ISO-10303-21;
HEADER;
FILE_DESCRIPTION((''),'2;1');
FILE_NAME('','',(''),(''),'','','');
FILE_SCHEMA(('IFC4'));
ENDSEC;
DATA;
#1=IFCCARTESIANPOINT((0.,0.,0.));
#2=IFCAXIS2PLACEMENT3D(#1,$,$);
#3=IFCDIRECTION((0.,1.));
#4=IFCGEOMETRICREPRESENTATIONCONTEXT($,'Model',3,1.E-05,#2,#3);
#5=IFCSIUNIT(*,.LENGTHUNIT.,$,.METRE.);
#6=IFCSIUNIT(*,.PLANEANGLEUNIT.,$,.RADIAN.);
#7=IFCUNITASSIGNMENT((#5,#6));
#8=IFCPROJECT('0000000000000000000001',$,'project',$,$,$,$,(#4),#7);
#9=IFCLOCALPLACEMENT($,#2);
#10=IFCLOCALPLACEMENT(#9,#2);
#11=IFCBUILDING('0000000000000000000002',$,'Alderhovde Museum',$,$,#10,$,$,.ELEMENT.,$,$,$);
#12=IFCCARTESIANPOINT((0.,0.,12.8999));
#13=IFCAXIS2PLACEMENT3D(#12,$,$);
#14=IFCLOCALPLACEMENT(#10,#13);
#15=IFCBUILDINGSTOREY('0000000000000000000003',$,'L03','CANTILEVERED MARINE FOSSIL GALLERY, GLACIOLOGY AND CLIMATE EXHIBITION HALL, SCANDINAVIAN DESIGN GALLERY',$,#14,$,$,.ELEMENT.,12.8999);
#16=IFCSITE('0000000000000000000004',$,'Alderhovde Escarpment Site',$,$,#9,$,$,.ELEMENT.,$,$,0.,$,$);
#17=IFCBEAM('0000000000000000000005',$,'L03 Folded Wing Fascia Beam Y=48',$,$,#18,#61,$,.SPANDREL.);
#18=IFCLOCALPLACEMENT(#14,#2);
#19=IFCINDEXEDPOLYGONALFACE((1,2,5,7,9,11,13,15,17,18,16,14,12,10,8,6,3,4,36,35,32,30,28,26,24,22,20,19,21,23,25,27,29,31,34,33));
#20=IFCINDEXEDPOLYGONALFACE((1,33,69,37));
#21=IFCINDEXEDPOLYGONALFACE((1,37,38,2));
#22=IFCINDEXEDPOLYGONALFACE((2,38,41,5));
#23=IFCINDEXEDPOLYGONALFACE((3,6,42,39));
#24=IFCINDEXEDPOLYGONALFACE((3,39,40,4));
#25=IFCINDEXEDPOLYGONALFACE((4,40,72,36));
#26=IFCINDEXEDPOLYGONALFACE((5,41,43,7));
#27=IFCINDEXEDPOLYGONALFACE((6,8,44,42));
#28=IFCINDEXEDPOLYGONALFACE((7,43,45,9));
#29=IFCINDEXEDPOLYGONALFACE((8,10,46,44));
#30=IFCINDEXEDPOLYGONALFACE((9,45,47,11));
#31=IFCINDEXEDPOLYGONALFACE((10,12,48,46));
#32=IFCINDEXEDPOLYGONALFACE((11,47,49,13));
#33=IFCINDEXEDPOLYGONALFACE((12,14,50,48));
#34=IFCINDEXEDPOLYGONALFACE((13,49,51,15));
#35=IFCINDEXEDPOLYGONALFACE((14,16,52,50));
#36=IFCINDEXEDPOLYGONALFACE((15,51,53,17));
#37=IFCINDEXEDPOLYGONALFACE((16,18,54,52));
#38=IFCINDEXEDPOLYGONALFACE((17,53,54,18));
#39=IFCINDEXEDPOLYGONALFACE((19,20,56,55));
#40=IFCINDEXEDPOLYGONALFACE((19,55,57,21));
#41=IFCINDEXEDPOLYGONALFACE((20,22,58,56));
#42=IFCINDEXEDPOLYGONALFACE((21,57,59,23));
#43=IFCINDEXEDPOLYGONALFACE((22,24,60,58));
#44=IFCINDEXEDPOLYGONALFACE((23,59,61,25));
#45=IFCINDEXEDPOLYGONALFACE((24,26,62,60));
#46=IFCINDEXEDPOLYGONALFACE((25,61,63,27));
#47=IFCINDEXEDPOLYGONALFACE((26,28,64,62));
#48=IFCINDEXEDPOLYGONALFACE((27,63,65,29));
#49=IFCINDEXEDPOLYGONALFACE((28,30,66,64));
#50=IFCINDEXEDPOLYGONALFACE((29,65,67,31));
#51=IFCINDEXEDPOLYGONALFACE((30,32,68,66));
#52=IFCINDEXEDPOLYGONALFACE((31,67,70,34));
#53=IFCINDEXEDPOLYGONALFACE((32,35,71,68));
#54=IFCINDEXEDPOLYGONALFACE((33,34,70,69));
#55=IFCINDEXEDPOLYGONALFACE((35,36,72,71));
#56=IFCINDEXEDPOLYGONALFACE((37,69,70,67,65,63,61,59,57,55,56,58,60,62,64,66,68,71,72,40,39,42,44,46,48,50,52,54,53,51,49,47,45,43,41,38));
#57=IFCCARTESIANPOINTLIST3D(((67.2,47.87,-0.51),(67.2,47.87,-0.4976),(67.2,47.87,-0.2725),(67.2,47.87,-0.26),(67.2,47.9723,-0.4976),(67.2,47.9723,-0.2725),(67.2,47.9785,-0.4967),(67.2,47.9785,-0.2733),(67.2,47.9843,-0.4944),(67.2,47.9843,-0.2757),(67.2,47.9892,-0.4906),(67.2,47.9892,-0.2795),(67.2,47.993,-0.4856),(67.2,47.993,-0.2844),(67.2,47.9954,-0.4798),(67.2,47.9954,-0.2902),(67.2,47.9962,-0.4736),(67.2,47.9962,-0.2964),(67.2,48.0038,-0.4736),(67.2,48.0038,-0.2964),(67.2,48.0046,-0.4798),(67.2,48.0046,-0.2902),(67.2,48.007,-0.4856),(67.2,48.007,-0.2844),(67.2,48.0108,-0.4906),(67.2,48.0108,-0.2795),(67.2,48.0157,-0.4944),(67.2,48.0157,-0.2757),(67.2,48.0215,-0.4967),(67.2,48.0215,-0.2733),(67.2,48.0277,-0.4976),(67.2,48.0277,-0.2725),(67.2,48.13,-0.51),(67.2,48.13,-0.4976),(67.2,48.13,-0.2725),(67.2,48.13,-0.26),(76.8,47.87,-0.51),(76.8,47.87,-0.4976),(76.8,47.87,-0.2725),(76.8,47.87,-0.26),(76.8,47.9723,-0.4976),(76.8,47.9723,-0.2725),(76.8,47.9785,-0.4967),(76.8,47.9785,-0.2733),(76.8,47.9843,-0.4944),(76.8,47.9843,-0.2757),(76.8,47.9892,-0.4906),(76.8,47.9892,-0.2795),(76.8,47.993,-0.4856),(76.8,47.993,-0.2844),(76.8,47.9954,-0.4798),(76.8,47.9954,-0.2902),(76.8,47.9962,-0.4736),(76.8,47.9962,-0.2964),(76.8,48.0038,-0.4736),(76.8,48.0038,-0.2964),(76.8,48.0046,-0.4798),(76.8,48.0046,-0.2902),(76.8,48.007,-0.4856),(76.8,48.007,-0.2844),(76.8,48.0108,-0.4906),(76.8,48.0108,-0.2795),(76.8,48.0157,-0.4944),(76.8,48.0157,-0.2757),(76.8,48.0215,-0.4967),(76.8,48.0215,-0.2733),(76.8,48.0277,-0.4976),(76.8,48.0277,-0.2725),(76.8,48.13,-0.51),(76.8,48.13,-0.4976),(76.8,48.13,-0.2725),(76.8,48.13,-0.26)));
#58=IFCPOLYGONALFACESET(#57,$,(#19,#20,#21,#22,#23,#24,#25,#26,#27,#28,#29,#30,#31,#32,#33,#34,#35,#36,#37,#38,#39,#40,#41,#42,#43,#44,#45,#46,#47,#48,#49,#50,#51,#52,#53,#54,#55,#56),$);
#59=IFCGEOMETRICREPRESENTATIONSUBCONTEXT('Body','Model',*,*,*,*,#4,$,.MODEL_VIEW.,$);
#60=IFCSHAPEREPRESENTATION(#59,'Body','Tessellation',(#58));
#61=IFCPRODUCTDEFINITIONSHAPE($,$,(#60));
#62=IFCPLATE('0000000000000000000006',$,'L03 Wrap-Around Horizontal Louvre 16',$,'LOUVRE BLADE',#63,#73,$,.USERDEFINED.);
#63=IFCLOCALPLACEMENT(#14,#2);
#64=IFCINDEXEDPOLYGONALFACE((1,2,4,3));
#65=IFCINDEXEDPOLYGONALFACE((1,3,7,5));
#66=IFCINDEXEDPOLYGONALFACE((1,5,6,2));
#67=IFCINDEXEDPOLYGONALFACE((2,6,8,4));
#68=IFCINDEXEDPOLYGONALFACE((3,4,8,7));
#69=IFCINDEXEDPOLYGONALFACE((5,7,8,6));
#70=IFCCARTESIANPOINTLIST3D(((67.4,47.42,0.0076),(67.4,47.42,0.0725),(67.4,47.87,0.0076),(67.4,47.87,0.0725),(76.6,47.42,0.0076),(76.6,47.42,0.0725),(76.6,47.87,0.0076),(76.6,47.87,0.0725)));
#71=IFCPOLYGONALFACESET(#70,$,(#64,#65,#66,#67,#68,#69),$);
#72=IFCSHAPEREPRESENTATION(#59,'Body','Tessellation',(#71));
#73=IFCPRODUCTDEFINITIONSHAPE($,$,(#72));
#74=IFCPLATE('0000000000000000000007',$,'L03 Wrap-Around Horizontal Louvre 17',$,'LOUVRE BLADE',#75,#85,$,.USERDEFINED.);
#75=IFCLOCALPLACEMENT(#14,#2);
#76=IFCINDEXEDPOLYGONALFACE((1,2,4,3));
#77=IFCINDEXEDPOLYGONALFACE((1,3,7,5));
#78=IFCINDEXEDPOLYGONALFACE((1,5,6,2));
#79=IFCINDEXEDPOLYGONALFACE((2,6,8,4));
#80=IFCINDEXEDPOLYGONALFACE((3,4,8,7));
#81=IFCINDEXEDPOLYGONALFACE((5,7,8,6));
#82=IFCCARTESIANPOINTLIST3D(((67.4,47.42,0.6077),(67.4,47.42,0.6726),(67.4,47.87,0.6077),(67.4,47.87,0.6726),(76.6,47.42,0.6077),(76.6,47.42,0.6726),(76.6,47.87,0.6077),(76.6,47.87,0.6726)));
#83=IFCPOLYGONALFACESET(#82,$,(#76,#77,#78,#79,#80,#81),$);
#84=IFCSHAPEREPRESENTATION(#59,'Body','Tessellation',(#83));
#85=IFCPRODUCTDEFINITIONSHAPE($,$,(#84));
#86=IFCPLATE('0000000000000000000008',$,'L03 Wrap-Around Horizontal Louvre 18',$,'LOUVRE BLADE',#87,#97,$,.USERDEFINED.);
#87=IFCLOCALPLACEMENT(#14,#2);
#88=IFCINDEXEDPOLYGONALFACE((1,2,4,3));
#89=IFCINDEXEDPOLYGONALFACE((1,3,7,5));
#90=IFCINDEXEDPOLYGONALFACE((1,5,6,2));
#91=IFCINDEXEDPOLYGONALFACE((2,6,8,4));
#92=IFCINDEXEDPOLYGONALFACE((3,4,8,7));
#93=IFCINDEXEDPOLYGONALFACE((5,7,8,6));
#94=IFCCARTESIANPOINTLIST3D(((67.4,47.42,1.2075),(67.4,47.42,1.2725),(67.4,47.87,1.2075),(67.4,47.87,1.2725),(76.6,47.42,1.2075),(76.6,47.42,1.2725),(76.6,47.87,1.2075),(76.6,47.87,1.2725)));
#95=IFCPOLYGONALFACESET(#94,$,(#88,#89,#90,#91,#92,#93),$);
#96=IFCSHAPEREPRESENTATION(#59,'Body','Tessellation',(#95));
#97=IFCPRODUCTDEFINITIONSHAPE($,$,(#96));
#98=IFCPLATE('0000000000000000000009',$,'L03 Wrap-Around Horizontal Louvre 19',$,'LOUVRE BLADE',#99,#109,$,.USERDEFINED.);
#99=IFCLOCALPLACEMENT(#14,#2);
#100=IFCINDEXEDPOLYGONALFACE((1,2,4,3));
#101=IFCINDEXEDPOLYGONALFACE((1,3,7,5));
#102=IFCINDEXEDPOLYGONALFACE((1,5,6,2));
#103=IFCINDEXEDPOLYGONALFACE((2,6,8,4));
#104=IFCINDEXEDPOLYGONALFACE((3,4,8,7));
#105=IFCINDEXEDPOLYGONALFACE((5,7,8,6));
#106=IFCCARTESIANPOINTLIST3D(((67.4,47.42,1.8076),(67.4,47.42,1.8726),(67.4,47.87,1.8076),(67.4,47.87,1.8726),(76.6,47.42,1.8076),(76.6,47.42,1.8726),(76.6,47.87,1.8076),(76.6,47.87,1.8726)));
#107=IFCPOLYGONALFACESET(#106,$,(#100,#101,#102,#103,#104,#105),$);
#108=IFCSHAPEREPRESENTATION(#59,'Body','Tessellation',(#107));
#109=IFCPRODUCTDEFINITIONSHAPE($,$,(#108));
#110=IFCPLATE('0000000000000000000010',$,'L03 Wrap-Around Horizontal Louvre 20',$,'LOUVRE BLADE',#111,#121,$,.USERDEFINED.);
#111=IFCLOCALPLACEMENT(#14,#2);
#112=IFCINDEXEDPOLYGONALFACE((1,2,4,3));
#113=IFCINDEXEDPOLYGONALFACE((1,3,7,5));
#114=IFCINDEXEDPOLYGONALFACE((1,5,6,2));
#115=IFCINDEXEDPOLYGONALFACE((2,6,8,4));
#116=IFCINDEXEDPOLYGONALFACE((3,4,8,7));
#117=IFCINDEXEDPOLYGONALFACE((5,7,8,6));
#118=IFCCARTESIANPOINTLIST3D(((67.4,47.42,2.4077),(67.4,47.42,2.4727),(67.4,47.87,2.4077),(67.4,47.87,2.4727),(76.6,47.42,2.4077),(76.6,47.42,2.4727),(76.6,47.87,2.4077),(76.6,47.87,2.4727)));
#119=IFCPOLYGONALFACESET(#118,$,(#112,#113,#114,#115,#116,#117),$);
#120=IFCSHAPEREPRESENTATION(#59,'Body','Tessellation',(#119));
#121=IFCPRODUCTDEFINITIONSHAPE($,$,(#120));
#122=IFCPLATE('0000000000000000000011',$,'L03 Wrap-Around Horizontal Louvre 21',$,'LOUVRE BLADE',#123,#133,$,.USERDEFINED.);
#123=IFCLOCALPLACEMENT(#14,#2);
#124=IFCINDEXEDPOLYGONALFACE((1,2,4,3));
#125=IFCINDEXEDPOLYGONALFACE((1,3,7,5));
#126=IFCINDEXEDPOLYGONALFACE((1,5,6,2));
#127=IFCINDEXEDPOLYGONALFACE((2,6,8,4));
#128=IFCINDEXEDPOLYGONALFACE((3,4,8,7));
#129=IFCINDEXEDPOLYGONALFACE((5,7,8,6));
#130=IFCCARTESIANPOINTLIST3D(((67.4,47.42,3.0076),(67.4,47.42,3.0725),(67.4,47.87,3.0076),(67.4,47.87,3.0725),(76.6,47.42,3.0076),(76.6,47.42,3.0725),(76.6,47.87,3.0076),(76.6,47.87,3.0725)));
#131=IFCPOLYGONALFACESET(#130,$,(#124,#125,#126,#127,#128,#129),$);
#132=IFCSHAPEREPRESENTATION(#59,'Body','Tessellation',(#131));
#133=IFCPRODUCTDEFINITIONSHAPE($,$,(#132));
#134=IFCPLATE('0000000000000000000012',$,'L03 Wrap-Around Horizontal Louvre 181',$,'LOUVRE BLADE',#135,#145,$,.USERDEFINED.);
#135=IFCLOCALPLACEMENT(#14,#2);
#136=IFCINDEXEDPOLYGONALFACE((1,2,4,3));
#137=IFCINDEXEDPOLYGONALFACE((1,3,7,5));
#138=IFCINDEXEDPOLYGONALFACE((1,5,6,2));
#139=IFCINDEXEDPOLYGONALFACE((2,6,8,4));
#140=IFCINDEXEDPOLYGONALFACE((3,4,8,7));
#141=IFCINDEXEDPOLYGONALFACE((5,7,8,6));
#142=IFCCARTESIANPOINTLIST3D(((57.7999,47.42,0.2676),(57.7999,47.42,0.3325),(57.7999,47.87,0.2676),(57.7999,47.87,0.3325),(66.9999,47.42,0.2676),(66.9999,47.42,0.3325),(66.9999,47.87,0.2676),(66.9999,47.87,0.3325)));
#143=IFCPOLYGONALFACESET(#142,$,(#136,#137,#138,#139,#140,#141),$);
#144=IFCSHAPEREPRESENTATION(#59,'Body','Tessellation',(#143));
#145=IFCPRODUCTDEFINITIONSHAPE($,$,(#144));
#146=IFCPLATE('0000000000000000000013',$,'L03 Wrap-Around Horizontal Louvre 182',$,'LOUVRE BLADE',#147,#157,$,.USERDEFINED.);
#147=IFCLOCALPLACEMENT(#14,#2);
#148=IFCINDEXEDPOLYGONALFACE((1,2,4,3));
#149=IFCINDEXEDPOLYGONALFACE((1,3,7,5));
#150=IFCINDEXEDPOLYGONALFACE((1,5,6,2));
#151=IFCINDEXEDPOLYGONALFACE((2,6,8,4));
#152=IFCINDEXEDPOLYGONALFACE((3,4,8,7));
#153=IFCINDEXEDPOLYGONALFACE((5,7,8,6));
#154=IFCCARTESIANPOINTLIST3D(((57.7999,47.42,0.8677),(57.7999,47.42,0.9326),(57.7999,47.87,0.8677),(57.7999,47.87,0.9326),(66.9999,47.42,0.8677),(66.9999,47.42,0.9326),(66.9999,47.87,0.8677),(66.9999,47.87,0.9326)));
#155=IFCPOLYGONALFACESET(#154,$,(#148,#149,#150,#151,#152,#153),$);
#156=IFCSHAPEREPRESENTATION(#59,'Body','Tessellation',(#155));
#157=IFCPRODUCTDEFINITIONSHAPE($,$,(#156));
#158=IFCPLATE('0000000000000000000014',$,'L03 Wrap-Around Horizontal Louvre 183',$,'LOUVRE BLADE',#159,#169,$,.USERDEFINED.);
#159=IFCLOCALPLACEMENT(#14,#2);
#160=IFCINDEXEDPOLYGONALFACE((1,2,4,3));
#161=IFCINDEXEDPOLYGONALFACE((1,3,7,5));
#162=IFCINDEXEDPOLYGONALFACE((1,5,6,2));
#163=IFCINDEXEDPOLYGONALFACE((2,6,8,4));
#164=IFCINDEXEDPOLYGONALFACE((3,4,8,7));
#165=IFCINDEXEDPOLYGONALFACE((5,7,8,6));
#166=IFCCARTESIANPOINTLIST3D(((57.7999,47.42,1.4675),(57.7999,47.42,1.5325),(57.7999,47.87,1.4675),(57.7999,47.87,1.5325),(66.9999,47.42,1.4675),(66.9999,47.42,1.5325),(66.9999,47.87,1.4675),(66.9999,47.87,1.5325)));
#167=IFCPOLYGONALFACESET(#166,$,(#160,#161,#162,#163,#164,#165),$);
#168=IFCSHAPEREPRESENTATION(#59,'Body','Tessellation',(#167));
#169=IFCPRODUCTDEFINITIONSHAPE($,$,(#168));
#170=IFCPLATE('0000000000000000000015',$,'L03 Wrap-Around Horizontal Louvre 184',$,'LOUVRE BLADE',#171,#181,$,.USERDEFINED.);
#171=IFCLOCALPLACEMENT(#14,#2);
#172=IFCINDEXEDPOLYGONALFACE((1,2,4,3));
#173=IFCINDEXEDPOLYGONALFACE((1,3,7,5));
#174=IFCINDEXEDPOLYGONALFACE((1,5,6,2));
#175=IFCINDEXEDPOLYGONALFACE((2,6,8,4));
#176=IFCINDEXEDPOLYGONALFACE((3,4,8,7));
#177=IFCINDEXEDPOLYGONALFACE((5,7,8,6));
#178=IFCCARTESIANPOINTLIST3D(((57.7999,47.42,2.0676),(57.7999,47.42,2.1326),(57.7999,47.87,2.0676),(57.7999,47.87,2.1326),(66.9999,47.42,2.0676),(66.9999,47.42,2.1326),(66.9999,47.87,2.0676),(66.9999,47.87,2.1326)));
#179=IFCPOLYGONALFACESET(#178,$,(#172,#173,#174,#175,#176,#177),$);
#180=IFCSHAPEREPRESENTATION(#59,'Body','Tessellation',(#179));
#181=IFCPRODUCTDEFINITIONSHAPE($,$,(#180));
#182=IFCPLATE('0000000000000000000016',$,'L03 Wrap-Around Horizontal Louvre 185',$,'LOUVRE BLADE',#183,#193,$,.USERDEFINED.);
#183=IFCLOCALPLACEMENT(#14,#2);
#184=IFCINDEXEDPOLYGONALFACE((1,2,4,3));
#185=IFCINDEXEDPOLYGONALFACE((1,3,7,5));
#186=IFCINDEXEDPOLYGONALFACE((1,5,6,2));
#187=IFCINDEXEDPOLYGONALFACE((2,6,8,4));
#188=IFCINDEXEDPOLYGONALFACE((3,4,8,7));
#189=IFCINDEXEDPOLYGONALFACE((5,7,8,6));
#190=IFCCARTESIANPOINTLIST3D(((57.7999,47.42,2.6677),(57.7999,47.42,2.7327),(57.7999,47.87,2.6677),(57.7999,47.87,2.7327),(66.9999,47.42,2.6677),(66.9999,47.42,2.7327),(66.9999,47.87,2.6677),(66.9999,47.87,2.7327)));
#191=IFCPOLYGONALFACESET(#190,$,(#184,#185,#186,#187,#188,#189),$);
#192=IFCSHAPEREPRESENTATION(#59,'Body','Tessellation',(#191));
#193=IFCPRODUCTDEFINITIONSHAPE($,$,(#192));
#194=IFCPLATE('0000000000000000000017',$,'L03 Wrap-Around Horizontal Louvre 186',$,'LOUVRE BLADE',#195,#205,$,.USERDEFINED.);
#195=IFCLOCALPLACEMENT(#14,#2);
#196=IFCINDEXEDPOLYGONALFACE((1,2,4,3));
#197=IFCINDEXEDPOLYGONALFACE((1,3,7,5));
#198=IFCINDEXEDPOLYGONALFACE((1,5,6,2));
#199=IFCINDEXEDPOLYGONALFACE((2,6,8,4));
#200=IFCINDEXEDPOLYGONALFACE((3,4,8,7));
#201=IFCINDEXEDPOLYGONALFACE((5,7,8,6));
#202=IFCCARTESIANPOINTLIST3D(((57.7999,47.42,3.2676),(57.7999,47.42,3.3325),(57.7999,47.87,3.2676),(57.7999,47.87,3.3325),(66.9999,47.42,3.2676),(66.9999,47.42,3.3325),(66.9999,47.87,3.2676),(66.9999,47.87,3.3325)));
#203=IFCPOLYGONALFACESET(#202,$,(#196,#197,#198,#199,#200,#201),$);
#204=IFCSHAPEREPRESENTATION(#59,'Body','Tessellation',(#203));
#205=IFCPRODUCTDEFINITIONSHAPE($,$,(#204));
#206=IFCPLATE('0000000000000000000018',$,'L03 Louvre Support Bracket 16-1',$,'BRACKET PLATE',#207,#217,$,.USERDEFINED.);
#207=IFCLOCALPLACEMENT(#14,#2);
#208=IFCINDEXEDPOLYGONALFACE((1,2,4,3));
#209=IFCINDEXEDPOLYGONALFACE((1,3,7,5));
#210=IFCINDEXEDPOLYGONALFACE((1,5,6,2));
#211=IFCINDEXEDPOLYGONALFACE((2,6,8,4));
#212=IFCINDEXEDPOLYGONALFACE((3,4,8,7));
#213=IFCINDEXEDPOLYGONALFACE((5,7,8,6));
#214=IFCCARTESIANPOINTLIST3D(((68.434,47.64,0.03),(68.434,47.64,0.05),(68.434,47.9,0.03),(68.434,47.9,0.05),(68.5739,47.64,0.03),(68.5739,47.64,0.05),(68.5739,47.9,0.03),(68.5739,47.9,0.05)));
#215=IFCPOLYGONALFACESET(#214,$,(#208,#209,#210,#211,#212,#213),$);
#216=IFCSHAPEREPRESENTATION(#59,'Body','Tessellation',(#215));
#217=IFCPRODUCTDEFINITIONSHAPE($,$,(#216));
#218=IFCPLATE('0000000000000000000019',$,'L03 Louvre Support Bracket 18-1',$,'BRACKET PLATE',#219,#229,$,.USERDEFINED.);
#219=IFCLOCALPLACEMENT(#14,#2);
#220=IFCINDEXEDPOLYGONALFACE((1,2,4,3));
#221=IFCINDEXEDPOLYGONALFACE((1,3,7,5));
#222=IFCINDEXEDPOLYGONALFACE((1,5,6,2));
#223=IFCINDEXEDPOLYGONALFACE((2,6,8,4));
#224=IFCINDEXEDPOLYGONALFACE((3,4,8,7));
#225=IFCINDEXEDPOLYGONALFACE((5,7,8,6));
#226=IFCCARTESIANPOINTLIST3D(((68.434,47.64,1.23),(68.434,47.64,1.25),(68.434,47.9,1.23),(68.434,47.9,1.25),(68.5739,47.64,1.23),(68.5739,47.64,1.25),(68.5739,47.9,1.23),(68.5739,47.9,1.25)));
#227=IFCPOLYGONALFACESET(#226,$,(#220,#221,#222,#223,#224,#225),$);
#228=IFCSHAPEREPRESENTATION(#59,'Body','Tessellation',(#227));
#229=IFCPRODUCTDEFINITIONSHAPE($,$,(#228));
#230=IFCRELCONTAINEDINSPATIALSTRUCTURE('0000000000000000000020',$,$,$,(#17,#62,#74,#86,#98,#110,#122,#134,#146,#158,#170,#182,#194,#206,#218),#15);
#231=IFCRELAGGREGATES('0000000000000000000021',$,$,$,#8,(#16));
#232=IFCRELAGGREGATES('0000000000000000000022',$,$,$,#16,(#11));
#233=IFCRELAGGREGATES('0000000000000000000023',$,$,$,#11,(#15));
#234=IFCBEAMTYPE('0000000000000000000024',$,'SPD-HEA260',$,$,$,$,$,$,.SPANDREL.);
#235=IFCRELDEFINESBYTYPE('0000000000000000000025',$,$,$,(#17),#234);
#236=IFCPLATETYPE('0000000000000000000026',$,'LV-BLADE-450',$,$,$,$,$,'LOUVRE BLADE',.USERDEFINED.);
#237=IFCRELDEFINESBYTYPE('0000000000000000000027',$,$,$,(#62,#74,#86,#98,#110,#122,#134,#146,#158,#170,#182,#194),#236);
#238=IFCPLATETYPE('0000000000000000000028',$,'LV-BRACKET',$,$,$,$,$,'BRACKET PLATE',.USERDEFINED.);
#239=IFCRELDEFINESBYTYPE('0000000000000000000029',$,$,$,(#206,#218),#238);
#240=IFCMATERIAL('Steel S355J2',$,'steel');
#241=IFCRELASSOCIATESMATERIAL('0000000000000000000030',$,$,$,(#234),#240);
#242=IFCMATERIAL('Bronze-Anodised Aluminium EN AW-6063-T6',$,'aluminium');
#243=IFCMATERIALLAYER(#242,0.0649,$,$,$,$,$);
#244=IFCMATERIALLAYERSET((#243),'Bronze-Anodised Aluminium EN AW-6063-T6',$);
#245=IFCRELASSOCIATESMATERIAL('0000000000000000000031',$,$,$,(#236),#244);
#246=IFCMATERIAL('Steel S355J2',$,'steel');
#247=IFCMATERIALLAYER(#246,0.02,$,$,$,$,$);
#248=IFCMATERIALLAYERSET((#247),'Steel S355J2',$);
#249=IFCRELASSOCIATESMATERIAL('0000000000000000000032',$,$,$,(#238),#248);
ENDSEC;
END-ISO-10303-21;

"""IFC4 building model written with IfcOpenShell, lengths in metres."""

from ifc_helpers import new_model, si_unit, direction, frame, origin, origin_2d, place, context, subcontext, project, spatial, rectangle, i_section, extrude, material, layer, layer_set, material_profile, profile_set, type_object, element, save


model = new_model("IFC4")

# Units and contexts
model_context = context("Model", 3, precision=1e-05, world=origin(), true_north=direction((0.0, 1.0)))
body_context = subcontext(model_context, "Body", "Model", "MODEL_VIEW")
ifc_project = project(units=[si_unit("LENGTHUNIT", "METRE"), si_unit("PLANEANGLEUNIT", "RADIAN")], contexts=[model_context])

# Site, building, storey
site_placement = place(None, origin())
site = spatial("IfcSite", under=ifc_project, at=site_placement, Name="Alderhovde Escarpment Site", CompositionType="ELEMENT", RefElevation=0.0)
building_placement = place(site_placement, origin())
building = spatial("IfcBuilding", under=site, at=building_placement, Name="Alderhovde Museum", CompositionType="ELEMENT")
storey_placement = place(building_placement, frame((0.0, 0.0, 12.8999)))
storey = spatial("IfcBuildingStorey", under=building, at=storey_placement, Name="L03", Description="CANTILEVERED MARINE FOSSIL GALLERY, GLACIOLOGY AND CLIMATE EXHIBITION HALL, SCANDINAVIAN DESIGN GALLERY", CompositionType="ELEMENT", Elevation=12.8999)

# Beam
ifc_material_1 = material(Name="Steel S355J2", Category="steel")
ifc_material_profile_1 = material_profile(ifc_material_1, i_section(OverallWidth=0.26, OverallDepth=0.25, WebThickness=0.0076, FlangeThickness=0.0125, FilletRadius=0.0239, at=origin_2d()), Name="HEA 260")
ifc_profile_set_1 = profile_set([ifc_material_profile_1], Name="Steel S355J2")
beam_type_1 = type_object("IfcBeamType", Name="SPD-HEA260", PredefinedType="SPANDREL", material=ifc_profile_set_1)
beam_1_placement = place(storey_placement, frame((67.2, 48.0, -0.385), z_axis=(1.0, 0.0, 0.0), x_axis=(0.0, 1.0, 0.0)))
element("IfcBeam", 1, at=beam_1_placement, inside=storey, type_object=beam_type_1, Name="L03 Folded Wing Fascia Beam Y=48", PredefinedType="SPANDREL", context=body_context, shape_type="SweptSolid", body=[
    extrude(i_section(OverallWidth=0.26, OverallDepth=0.25, WebThickness=0.0076, FlangeThickness=0.0125, FilletRadius=0.0239, at=origin_2d()), origin(), (0.0, 0.0, 1.0), 9.6001),
])

# Plates
ifc_material_2 = material(Name="Bronze-Anodised Aluminium EN AW-6063-T6", Category="aluminium")
ifc_layer_1 = layer(ifc_material_2, 0.0649)
ifc_layer_set_1 = layer_set([ifc_layer_1], Name="Bronze-Anodised Aluminium EN AW-6063-T6")
plate_type_1 = type_object("IfcPlateType", Name="LV-BLADE-450", ElementType="LOUVRE BLADE", PredefinedType="USERDEFINED", material=ifc_layer_set_1)
for number, where, z_axis, x_axis, name in (
    (2, (72.0, 47.645, 0.0076), (0.0, 0.0, 1.0), (1.0, 0.0, 0.0), "L03 Wrap-Around Horizontal Louvre 16"),
    (3, (72.0, 47.645, 0.6077), (0.0, 0.0, 1.0), (1.0, 0.0, 0.0), "L03 Wrap-Around Horizontal Louvre 17"),
    (4, (72.0, 47.645, 1.2075), (0.0, 0.0, 1.0), (1.0, 0.0, 0.0), "L03 Wrap-Around Horizontal Louvre 18"),
    (5, (72.0, 47.645, 1.8076), (0.0, 0.0, 1.0), (1.0, 0.0, 0.0), "L03 Wrap-Around Horizontal Louvre 19"),
    (6, (72.0, 47.645, 2.4077), (0.0, 0.0, 1.0), (1.0, 0.0, 0.0), "L03 Wrap-Around Horizontal Louvre 20"),
    (7, (72.0, 47.645, 3.0076), (0.0, 0.0, 1.0), (1.0, 0.0, 0.0), "L03 Wrap-Around Horizontal Louvre 21"),
    (8, (62.3999, 47.645, 0.2676), (0.0, 0.0, 1.0), (1.0, 0.0, 0.0), "L03 Wrap-Around Horizontal Louvre 181"),
    (9, (62.3999, 47.645, 0.8677), (0.0, 0.0, 1.0), (1.0, 0.0, 0.0), "L03 Wrap-Around Horizontal Louvre 182"),
    (10, (62.3999, 47.645, 1.4675), (0.0, 0.0, 1.0), (1.0, 0.0, 0.0), "L03 Wrap-Around Horizontal Louvre 183"),
    (11, (62.3999, 47.645, 2.0676), (0.0, 0.0, 1.0), (1.0, 0.0, 0.0), "L03 Wrap-Around Horizontal Louvre 184"),
    (12, (62.3999, 47.645, 2.6677), (0.0, 0.0, 1.0), (1.0, 0.0, 0.0), "L03 Wrap-Around Horizontal Louvre 185"),
    (13, (62.3999, 47.645, 3.2676), (0.0, 0.0, 1.0), (1.0, 0.0, 0.0), "L03 Wrap-Around Horizontal Louvre 186"),
):
    element("IfcPlate", number, at=place(storey_placement, frame(where, z_axis=z_axis, x_axis=x_axis)), inside=storey, type_object=plate_type_1, Name=name, ObjectType="LOUVRE BLADE", PredefinedType="USERDEFINED", context=body_context, shape_type="SweptSolid", body=[
        extrude(rectangle(XDim=9.2, YDim=0.45, at=origin_2d()), origin(), (0.0, 0.0, 1.0), 0.0649),
    ])
ifc_material_3 = material(Name="Steel S355J2", Category="steel")
ifc_layer_2 = layer(ifc_material_3, 0.02)
ifc_layer_set_2 = layer_set([ifc_layer_2], Name="Steel S355J2")
plate_type_2 = type_object("IfcPlateType", Name="LV-BRACKET", ElementType="BRACKET PLATE", PredefinedType="USERDEFINED", material=ifc_layer_set_2)
for number, where, z_axis, x_axis, name in (
    (14, (68.5039, 47.77, 0.03), (0.0, 0.0, 1.0), (1.0, 0.0, 0.0), "L03 Louvre Support Bracket 16-1"),
    (15, (68.5039, 47.77, 1.23), (0.0, 0.0, 1.0), (1.0, 0.0, 0.0), "L03 Louvre Support Bracket 18-1"),
):
    element("IfcPlate", number, at=place(storey_placement, frame(where, z_axis=z_axis, x_axis=x_axis)), inside=storey, type_object=plate_type_2, Name=name, ObjectType="BRACKET PLATE", PredefinedType="USERDEFINED", context=body_context, shape_type="SweptSolid", body=[
        extrude(rectangle(XDim=0.1399, YDim=0.26, at=origin_2d()), origin(), (0.0, 0.0, 1.0), 0.02),
    ])

save(model, "model.ifc")
